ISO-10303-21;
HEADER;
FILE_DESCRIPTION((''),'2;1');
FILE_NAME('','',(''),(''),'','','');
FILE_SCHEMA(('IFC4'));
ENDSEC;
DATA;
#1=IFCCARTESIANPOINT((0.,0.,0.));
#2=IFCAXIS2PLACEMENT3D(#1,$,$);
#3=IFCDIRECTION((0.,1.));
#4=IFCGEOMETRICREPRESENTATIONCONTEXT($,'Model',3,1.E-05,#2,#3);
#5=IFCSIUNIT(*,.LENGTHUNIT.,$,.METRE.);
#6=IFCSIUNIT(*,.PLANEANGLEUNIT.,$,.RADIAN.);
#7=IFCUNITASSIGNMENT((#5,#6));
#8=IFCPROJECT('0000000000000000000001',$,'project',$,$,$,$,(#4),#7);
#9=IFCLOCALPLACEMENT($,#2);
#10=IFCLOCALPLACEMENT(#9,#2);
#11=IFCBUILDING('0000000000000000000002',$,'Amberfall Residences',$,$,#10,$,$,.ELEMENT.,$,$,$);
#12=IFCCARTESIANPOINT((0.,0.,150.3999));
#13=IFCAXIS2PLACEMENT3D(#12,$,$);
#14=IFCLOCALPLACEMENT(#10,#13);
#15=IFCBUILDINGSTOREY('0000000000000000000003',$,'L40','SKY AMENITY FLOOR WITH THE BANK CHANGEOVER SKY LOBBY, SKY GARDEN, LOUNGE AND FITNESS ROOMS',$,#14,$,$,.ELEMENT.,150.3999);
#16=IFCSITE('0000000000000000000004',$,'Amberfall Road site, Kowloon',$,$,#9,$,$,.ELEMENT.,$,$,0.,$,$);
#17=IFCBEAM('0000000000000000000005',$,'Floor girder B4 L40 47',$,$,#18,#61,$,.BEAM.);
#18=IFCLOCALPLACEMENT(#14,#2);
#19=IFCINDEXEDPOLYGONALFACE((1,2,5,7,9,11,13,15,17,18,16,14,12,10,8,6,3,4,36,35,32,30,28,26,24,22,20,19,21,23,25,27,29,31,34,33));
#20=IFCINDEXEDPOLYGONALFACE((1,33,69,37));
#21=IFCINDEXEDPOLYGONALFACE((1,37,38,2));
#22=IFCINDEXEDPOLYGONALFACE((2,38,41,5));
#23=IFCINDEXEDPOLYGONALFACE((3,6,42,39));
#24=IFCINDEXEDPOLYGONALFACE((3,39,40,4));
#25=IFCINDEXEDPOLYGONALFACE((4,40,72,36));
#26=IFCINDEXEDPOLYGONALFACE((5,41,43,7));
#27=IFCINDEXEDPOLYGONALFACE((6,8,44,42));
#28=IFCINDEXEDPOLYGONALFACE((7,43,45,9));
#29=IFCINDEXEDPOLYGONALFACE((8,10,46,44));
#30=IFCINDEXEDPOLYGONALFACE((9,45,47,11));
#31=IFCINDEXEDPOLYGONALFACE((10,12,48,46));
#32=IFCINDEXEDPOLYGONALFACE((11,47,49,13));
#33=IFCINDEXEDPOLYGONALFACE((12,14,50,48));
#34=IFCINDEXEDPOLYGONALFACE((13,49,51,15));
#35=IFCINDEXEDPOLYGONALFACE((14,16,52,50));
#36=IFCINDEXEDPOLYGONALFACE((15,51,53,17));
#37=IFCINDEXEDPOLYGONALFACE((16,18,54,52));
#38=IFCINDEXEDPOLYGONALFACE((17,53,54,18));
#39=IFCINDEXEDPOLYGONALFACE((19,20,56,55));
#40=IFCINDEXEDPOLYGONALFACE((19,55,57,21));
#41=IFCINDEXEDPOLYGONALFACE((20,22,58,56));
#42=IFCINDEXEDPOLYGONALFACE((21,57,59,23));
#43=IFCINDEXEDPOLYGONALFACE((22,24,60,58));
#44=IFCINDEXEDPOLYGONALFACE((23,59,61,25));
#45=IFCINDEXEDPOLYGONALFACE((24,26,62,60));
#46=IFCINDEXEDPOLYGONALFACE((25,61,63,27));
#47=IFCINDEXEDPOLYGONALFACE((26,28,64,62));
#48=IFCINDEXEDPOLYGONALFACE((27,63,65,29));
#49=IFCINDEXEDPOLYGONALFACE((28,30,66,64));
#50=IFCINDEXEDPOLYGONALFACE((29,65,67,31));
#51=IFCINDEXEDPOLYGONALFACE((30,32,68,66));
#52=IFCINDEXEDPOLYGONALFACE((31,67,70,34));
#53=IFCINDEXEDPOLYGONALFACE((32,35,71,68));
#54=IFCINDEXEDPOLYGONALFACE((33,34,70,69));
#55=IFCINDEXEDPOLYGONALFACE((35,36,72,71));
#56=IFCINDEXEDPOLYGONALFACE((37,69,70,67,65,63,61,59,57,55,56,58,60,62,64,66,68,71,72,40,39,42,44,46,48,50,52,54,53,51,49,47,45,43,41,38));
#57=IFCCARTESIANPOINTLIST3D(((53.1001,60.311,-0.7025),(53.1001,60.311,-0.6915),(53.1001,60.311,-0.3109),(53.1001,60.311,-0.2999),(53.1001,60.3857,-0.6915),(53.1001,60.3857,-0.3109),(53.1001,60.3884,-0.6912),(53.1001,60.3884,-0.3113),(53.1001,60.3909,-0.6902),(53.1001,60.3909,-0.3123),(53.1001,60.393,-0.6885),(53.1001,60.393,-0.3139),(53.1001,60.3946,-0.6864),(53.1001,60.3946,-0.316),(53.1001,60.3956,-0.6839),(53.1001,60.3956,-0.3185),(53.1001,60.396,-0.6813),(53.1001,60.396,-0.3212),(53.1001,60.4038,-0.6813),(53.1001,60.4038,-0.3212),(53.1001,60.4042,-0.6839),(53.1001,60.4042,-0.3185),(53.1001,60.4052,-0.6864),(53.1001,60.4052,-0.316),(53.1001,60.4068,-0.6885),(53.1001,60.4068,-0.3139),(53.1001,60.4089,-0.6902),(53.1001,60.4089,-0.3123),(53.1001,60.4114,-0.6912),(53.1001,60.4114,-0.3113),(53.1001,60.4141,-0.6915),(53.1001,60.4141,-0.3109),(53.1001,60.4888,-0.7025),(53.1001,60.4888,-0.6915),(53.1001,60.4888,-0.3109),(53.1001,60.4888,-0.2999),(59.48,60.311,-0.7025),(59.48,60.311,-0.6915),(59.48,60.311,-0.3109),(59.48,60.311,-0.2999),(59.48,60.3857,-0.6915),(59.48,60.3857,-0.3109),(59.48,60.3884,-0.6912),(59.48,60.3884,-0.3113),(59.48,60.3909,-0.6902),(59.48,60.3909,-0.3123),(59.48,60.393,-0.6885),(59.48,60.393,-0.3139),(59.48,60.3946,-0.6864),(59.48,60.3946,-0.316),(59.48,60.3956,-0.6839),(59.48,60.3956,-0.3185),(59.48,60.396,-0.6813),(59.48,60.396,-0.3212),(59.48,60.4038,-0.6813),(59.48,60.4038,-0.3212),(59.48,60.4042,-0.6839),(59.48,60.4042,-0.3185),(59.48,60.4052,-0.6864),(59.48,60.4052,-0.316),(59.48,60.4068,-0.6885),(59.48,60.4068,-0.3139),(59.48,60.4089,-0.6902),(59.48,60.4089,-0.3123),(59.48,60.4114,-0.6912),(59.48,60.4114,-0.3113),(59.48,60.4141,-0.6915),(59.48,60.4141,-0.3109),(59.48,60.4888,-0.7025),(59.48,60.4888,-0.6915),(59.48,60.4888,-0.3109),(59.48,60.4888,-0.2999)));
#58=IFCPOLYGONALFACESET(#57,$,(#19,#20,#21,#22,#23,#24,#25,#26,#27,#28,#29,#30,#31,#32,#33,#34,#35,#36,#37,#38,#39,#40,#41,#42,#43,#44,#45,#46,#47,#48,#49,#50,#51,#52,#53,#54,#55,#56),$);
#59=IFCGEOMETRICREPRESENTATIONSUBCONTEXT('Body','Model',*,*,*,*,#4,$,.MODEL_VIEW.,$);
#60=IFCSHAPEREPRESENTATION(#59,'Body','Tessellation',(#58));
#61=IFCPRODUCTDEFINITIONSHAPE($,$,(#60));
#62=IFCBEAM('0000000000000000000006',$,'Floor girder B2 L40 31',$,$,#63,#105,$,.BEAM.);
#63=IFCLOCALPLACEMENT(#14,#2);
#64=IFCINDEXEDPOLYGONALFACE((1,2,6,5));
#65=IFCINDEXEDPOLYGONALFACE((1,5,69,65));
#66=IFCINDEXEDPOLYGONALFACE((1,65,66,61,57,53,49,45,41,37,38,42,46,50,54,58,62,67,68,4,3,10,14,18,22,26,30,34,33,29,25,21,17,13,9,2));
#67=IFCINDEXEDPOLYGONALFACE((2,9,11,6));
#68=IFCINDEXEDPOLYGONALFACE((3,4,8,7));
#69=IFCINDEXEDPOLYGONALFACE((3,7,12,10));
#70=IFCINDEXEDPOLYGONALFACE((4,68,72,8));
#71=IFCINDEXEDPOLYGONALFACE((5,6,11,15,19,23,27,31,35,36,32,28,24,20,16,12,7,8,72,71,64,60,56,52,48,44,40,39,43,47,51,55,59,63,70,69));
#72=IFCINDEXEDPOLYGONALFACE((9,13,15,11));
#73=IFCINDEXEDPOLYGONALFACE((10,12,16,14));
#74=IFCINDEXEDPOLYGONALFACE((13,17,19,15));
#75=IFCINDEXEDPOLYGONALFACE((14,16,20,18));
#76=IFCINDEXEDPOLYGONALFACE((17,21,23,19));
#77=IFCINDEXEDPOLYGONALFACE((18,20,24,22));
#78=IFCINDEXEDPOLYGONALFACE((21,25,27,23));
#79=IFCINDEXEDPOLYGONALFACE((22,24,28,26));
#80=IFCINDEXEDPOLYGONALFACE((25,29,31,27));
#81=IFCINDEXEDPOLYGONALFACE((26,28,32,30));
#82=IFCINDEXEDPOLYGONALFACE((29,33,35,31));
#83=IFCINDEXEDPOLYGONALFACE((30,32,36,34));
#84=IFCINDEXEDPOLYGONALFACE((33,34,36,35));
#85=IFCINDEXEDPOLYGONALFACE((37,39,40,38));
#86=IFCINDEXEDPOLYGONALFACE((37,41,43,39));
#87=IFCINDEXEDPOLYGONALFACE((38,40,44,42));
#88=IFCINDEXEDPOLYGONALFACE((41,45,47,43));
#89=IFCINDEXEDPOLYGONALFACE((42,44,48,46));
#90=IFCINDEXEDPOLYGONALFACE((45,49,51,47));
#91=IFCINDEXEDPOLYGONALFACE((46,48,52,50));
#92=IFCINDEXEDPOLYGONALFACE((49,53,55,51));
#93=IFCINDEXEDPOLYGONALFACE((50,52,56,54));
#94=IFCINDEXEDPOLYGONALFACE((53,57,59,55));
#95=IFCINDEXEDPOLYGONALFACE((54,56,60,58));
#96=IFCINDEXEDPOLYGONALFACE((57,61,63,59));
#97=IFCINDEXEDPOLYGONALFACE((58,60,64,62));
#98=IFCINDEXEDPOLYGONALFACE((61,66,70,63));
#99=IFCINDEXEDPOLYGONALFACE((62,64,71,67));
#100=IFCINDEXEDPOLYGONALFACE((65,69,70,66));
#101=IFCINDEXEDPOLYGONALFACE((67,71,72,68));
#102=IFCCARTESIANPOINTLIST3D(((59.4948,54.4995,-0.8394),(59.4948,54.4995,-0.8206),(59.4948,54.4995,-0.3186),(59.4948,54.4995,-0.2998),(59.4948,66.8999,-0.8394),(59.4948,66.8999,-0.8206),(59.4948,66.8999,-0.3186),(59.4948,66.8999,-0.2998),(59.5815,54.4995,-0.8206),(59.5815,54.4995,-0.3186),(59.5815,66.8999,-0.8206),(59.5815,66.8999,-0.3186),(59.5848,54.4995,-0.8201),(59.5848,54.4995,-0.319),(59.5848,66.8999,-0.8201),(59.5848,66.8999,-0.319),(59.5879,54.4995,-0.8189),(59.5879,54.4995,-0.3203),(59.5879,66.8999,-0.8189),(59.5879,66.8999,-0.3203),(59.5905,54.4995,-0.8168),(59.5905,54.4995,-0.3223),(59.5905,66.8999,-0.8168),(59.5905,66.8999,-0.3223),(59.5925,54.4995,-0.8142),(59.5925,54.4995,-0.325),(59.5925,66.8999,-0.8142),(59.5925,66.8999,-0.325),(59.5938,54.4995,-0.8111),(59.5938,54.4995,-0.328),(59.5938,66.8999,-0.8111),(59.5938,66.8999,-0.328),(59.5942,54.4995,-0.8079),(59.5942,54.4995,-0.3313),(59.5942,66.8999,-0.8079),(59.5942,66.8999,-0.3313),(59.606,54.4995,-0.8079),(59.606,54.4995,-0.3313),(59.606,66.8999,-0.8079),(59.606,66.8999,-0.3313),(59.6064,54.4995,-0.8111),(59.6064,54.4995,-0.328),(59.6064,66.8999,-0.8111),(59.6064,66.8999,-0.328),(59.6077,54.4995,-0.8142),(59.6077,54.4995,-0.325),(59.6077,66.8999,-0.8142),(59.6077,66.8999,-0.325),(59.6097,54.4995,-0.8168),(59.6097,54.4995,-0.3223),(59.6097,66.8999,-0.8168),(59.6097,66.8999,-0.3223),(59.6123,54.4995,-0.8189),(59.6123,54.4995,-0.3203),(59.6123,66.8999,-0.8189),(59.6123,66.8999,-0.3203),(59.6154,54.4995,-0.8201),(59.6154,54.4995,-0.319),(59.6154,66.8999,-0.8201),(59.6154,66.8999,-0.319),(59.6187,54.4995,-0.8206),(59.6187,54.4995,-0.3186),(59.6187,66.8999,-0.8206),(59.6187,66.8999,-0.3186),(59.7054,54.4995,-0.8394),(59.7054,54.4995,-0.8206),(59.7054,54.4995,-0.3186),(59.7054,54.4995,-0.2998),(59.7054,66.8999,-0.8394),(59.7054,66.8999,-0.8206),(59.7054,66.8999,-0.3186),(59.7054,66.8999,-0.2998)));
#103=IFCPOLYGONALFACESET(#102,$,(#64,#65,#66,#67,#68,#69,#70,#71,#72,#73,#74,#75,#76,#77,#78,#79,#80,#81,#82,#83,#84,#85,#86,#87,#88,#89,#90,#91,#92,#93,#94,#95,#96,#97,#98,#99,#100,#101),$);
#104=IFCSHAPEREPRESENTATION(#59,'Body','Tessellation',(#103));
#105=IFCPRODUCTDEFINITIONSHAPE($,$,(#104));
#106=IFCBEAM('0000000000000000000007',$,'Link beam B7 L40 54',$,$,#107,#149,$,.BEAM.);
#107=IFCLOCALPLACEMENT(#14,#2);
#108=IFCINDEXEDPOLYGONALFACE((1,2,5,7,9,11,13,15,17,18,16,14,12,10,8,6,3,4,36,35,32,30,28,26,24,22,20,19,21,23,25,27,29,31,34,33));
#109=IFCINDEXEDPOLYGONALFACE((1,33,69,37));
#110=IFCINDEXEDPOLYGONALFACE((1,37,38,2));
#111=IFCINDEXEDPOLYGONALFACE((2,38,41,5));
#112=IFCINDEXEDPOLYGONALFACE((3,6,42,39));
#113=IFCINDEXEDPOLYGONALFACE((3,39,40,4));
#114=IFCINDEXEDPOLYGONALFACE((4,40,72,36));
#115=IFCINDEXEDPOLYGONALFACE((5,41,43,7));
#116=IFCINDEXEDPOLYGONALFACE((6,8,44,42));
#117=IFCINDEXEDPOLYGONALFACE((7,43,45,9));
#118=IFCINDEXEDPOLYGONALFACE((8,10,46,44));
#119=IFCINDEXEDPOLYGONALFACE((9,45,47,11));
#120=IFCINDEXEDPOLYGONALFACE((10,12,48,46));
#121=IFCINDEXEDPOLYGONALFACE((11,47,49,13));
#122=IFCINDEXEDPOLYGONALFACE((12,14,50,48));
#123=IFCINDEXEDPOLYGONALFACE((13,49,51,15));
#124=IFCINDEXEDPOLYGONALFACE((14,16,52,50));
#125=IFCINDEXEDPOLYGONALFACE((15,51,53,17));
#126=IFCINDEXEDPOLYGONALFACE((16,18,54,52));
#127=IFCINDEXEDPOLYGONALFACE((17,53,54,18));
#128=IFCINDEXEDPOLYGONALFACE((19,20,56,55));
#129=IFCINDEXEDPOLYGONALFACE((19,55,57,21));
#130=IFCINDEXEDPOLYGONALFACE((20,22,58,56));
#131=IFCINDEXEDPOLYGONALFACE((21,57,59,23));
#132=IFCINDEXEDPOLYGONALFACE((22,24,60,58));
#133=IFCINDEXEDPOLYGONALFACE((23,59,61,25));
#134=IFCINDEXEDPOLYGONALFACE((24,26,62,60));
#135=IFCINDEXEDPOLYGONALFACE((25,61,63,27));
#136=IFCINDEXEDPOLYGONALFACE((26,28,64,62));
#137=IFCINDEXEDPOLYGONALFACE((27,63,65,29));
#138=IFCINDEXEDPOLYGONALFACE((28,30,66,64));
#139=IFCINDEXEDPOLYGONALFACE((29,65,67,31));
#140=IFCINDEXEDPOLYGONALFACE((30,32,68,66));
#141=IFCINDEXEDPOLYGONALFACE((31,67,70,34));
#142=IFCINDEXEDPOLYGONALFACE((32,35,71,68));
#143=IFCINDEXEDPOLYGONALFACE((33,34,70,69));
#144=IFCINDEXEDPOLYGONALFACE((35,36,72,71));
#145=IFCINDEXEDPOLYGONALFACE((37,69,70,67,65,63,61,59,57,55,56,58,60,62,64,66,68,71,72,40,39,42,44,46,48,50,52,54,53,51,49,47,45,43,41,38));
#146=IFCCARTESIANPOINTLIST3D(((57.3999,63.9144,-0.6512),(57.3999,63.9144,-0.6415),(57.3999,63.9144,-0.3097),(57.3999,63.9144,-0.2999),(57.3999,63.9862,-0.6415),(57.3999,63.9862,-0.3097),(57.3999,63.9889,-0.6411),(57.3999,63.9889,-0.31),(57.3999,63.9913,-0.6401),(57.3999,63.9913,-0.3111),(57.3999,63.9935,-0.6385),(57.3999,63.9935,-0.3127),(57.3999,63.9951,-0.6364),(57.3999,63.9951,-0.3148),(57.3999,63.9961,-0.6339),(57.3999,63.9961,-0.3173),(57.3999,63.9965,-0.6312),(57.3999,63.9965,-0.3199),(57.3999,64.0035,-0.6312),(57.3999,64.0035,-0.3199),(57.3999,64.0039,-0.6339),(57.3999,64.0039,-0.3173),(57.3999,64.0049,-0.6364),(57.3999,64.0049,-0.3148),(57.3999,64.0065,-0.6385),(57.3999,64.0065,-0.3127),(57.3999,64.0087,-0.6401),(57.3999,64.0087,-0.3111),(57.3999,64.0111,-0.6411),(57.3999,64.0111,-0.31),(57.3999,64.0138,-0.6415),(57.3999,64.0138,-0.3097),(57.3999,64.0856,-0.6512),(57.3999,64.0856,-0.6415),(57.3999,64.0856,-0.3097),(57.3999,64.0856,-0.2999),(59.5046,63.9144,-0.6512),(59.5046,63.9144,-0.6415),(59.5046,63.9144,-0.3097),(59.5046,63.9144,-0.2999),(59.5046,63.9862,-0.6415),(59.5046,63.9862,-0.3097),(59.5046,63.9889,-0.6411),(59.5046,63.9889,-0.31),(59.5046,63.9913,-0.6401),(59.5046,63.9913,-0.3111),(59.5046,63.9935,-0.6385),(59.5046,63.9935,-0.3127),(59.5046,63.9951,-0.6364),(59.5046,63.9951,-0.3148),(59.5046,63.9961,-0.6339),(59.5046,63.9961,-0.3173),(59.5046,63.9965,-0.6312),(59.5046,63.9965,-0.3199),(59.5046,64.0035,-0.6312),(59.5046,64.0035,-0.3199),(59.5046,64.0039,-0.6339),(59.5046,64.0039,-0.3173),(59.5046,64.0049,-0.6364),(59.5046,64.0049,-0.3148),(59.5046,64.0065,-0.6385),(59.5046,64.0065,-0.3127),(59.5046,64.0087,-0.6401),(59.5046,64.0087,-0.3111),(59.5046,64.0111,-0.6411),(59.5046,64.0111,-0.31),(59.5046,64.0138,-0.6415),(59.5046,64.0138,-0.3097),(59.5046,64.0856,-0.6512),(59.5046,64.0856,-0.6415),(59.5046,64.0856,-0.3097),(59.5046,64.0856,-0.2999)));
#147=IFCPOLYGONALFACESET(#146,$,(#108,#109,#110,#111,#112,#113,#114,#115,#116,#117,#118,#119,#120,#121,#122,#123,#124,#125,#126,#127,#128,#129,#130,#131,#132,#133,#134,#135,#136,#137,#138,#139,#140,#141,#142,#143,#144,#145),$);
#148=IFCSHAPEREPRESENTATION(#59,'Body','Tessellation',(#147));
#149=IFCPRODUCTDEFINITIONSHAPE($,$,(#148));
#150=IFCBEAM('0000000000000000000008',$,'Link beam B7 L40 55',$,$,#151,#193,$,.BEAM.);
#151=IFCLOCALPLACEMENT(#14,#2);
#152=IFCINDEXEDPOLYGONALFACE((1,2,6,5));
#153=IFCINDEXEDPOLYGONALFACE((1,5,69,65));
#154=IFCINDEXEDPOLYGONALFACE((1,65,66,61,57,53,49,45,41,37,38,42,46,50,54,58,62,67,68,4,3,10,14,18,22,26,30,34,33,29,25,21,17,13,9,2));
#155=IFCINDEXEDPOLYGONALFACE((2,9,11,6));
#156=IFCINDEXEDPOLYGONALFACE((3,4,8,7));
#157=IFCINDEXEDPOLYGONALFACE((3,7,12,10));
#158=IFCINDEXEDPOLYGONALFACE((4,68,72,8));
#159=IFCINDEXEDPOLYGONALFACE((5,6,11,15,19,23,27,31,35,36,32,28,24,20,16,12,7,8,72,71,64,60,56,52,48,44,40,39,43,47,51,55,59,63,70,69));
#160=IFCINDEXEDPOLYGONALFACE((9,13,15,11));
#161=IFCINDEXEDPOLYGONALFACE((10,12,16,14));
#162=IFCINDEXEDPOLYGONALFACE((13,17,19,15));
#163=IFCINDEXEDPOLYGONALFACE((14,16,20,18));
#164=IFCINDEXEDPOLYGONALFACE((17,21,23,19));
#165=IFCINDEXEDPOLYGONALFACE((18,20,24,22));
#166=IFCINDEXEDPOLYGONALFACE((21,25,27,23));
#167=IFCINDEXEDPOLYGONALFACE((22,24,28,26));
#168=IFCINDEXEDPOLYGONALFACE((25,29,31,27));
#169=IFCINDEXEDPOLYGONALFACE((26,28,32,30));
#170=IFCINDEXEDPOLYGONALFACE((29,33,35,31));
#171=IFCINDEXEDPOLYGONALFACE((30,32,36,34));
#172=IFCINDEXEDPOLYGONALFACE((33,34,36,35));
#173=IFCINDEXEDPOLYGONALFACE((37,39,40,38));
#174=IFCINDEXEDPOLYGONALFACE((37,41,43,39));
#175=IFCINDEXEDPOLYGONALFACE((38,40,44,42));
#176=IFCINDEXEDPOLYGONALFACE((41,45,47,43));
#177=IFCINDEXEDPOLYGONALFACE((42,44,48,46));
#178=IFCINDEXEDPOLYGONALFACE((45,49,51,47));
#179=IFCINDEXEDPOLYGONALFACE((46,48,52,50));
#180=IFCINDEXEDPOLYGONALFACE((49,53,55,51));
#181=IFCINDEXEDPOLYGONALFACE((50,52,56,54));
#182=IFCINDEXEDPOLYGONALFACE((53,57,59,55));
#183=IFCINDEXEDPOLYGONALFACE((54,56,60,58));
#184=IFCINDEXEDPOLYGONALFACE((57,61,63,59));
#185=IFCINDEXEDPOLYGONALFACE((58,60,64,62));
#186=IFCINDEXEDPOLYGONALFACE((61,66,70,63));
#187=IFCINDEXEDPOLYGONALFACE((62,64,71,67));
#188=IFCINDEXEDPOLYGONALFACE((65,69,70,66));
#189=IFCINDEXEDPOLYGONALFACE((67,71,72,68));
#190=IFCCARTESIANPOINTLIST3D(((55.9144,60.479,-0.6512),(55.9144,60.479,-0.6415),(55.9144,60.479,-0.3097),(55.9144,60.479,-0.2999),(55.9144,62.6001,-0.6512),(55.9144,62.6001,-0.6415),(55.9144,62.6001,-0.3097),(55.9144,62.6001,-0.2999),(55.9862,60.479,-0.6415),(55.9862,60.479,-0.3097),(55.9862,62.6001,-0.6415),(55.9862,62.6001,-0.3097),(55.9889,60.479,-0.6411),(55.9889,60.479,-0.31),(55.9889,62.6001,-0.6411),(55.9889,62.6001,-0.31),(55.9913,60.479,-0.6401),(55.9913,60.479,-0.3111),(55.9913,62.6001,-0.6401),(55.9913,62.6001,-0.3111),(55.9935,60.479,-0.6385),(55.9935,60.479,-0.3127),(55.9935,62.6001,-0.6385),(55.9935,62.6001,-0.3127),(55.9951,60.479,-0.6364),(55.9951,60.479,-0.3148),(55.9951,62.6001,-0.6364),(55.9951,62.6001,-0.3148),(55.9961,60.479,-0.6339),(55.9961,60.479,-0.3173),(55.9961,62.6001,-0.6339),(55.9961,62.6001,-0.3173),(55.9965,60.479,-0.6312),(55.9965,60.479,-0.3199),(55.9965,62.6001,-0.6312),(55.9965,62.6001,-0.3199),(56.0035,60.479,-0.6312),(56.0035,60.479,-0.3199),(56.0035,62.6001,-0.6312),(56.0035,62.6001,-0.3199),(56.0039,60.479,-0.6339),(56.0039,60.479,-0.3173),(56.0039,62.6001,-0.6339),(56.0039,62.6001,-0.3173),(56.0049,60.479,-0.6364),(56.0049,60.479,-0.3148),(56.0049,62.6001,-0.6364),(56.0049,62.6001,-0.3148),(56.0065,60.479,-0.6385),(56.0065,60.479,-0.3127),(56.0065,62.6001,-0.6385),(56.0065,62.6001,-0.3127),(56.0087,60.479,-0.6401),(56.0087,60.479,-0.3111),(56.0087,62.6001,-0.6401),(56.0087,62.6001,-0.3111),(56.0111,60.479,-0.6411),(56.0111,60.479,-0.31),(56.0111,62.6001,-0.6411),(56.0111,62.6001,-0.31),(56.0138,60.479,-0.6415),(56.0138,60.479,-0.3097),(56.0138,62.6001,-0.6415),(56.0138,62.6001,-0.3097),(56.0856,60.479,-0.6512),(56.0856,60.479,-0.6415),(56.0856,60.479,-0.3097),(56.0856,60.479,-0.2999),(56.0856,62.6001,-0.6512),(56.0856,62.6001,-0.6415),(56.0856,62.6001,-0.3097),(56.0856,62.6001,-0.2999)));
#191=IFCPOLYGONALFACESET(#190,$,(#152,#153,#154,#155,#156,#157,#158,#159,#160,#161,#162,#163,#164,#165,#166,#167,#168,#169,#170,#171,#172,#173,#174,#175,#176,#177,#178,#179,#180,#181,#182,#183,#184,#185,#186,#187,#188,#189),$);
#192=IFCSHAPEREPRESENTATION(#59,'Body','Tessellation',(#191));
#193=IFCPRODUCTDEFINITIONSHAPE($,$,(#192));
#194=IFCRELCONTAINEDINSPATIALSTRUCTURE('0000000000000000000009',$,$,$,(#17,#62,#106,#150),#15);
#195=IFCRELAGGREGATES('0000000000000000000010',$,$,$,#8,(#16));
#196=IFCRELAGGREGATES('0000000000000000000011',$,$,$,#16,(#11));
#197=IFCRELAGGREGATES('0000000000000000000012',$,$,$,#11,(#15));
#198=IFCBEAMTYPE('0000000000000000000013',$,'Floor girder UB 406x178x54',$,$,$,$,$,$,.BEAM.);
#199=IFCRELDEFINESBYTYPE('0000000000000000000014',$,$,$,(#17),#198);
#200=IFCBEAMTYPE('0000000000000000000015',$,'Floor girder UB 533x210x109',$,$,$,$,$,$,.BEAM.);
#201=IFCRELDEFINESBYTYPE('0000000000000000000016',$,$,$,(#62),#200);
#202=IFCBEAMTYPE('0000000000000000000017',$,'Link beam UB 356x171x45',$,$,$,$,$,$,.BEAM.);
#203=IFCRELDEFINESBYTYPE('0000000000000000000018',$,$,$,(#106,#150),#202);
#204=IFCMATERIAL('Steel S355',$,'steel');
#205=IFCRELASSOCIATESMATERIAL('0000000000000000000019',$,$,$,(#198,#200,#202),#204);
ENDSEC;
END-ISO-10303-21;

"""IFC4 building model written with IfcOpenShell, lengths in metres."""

from ifc_helpers import new_model, si_unit, direction, frame, origin, origin_2d, place, context, subcontext, project, spatial, i_section, extrude, material, material_profile, profile_set, type_object, element, save


model = new_model("IFC4")

# Units and contexts
model_context = context("Model", 3, precision=1e-05, world=origin(), true_north=direction((0.0, 1.0)))
body_context = subcontext(model_context, "Body", "Model", "MODEL_VIEW")
ifc_project = project(units=[si_unit("LENGTHUNIT", "METRE"), si_unit("PLANEANGLEUNIT", "RADIAN")], contexts=[model_context])

# Site, building, storey
site_placement = place(None, origin())
site = spatial("IfcSite", under=ifc_project, at=site_placement, Name="Amberfall Road site, Kowloon", CompositionType="ELEMENT", RefElevation=0.0)
building_placement = place(site_placement, origin())
building = spatial("IfcBuilding", under=site, at=building_placement, Name="Amberfall Residences", CompositionType="ELEMENT")
storey_placement = place(building_placement, frame((0.0, 0.0, 150.3999)))
storey = spatial("IfcBuildingStorey", under=building, at=storey_placement, Name="L40", Description="SKY AMENITY FLOOR WITH THE BANK CHANGEOVER SKY LOBBY, SKY GARDEN, LOUNGE AND FITNESS ROOMS", CompositionType="ELEMENT", Elevation=150.3999)

# Shared definitions
ifc_material_1 = material(Name="Steel S355", Category="steel")

# Beams
ifc_material_profile_1 = material_profile(ifc_material_1, i_section(OverallWidth=0.1777, OverallDepth=0.4026, WebThickness=0.0078, FlangeThickness=0.011, FilletRadius=0.0103, at=origin_2d()), Name="UB 406x178x54")
ifc_profile_set_1 = profile_set([ifc_material_profile_1], Name="Steel S355")
beam_type_1 = type_object("IfcBeamType", Name="Floor girder UB 406x178x54", PredefinedType="BEAM", material=ifc_profile_set_1)
beam_1_placement = place(storey_placement, frame((53.1001, 60.3999, -0.5012), z_axis=(1.0, 0.0, 0.0), x_axis=(0.0, 1.0, 0.0)))
element("IfcBeam", 1, at=beam_1_placement, inside=storey, type_object=beam_type_1, Name="Floor girder B4 L40 47", PredefinedType="BEAM", context=body_context, shape_type="SweptSolid", body=[
    extrude(i_section(OverallWidth=0.1777, OverallDepth=0.4026, WebThickness=0.0078, FlangeThickness=0.011, FilletRadius=0.0103, at=origin_2d()), origin(), (0.0, 0.0, 1.0), 6.3799),
])
ifc_material_profile_2 = material_profile(ifc_material_1, i_section(OverallWidth=0.2107, OverallDepth=0.5396, WebThickness=0.0117, FlangeThickness=0.0188, FilletRadius=0.0127, at=origin_2d()), Name="UB 533x210x109")
ifc_profile_set_2 = profile_set([ifc_material_profile_2], Name="Steel S355")
beam_type_2 = type_object("IfcBeamType", Name="Floor girder UB 533x210x109", PredefinedType="BEAM", material=ifc_profile_set_2)
beam_2_placement = place(storey_placement, frame((59.6001, 66.8999, -0.5696), z_axis=(0.0, -1.0, 0.0), x_axis=(1.0, 0.0, 0.0)))
element("IfcBeam", 2, at=beam_2_placement, inside=storey, type_object=beam_type_2, Name="Floor girder B2 L40 31", PredefinedType="BEAM", context=body_context, shape_type="SweptSolid", body=[
    extrude(i_section(OverallWidth=0.2107, OverallDepth=0.5396, WebThickness=0.0117, FlangeThickness=0.0188, FilletRadius=0.0127, at=origin_2d()), origin(), (0.0, 0.0, 1.0), 12.4004),
])
ifc_material_profile_3 = material_profile(ifc_material_1, i_section(OverallWidth=0.1711, OverallDepth=0.3513, WebThickness=0.0071, FlangeThickness=0.0098, FilletRadius=0.0103, at=origin_2d()), Name="UB 356x171x45")
ifc_profile_set_3 = profile_set([ifc_material_profile_3], Name="Steel S355")
beam_type_3 = type_object("IfcBeamType", Name="Link beam UB 356x171x45", PredefinedType="BEAM", material=ifc_profile_set_3)
beam_3_placement = place(storey_placement, frame((57.3999, 64.0, -0.4756), z_axis=(1.0, 0.0, 0.0), x_axis=(0.0, 1.0, 0.0)))
element("IfcBeam", 3, at=beam_3_placement, inside=storey, type_object=beam_type_3, Name="Link beam B7 L40 54", PredefinedType="BEAM", context=body_context, shape_type="SweptSolid", body=[
    extrude(i_section(OverallWidth=0.1711, OverallDepth=0.3513, WebThickness=0.0071, FlangeThickness=0.0098, FilletRadius=0.0103, at=origin_2d()), origin(), (0.0, 0.0, 1.0), 2.1047),
])
beam_4_placement = place(storey_placement, frame((56.0, 62.6001, -0.4756), z_axis=(0.0, -1.0, 0.0), x_axis=(1.0, 0.0, 0.0)))
element("IfcBeam", 4, at=beam_4_placement, inside=storey, type_object=beam_type_3, Name="Link beam B7 L40 55", PredefinedType="BEAM", context=body_context, shape_type="SweptSolid", body=[
    extrude(i_section(OverallWidth=0.1711, OverallDepth=0.3513, WebThickness=0.0071, FlangeThickness=0.0098, FilletRadius=0.0103, at=origin_2d()), origin(), (0.0, 0.0, 1.0), 2.1211),
])

save(model, "model.ifc")
